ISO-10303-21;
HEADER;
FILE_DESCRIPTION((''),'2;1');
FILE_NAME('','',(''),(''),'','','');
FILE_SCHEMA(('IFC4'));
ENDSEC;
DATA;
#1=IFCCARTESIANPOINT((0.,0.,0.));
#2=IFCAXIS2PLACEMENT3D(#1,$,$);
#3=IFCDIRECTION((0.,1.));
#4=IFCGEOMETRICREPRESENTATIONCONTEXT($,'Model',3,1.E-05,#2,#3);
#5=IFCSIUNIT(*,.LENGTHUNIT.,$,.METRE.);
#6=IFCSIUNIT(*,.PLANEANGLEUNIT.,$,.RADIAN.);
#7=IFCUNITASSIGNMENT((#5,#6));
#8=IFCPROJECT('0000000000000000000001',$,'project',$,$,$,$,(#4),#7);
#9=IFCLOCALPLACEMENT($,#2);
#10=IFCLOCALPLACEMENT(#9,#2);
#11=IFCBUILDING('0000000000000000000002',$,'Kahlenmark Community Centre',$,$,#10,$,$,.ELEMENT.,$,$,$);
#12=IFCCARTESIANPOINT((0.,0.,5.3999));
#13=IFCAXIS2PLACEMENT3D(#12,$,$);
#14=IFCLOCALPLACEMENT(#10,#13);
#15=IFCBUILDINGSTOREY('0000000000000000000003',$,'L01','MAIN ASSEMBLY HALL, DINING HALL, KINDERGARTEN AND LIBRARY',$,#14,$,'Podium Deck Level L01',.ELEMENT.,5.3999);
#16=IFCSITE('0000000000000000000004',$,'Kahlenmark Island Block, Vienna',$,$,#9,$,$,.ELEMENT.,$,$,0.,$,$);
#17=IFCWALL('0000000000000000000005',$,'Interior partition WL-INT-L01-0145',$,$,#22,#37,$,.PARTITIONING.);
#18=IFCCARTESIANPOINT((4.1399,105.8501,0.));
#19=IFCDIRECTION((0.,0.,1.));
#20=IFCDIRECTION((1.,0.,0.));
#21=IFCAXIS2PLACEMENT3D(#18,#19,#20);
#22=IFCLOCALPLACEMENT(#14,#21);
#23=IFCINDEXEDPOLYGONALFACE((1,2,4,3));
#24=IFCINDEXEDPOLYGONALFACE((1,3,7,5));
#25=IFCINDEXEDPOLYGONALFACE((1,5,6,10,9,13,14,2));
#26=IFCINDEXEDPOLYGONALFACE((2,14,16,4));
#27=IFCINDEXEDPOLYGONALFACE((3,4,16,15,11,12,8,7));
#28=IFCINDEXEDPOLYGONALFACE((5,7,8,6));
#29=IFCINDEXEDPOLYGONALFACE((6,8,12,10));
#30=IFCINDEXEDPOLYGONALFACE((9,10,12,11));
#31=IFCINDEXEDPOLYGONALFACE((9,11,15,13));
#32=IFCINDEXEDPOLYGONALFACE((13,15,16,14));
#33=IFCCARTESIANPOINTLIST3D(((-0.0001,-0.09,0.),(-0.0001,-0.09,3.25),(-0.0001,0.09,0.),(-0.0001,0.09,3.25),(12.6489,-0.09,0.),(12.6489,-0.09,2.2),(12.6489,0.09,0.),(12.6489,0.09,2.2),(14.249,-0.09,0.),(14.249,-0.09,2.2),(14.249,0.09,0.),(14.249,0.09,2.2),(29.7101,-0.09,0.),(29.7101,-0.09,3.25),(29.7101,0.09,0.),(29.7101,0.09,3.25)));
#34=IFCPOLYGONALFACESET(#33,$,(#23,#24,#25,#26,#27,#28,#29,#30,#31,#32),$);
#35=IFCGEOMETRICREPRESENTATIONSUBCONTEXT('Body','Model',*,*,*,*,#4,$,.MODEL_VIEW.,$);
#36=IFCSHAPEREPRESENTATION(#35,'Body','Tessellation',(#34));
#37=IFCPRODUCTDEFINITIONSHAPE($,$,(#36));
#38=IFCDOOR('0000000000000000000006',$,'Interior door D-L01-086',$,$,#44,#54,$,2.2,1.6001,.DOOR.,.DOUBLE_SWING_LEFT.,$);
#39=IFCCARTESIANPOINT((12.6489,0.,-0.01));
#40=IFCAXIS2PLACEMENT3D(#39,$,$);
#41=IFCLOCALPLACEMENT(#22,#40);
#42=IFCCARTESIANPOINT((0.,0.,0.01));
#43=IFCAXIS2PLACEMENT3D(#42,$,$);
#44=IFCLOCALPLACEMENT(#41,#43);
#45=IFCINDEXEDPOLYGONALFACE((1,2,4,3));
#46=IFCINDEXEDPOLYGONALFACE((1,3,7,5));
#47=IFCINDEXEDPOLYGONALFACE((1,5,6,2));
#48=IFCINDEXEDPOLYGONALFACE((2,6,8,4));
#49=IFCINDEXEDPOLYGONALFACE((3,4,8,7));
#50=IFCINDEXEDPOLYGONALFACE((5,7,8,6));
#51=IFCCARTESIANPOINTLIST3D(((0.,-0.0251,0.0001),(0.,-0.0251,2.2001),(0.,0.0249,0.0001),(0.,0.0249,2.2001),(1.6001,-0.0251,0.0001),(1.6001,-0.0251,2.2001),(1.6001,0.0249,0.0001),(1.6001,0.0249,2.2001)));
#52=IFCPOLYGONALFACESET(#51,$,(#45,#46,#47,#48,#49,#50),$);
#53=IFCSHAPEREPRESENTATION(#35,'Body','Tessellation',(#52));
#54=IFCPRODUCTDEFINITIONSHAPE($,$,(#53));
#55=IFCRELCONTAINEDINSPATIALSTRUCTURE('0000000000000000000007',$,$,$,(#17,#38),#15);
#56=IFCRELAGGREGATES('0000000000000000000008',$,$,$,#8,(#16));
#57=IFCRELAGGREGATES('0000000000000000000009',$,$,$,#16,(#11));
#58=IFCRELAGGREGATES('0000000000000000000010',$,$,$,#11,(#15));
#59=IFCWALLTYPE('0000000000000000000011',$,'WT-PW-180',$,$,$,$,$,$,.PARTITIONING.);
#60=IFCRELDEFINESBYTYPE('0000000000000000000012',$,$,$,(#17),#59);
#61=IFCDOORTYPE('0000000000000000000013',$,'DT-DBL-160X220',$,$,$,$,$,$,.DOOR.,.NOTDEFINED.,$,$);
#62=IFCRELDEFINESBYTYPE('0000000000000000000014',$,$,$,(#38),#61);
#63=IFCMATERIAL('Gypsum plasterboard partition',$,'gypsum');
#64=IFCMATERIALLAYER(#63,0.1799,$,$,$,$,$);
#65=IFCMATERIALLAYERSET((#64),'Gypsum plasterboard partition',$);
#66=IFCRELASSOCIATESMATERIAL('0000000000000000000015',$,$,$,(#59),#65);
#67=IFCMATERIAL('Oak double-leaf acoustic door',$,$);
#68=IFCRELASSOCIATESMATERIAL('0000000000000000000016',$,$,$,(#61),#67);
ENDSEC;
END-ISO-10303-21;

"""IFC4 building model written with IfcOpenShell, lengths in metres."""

from ifc_helpers import new_model, si_unit, direction, frame, frame_2d, origin, place, context, subcontext, project, spatial, rectangle, extrude, material, layer, layer_set, type_object, element, fill, save


model = new_model("IFC4")

# Units and contexts
model_context = context("Model", 3, precision=1e-05, world=origin(), true_north=direction((0.0, 1.0)))
body_context = subcontext(model_context, "Body", "Model", "MODEL_VIEW")
ifc_project = project(units=[si_unit("LENGTHUNIT", "METRE"), si_unit("PLANEANGLEUNIT", "RADIAN")], contexts=[model_context])

# Site, building, storey
site_placement = place(None, origin())
site = spatial("IfcSite", under=ifc_project, at=site_placement, Name="Kahlenmark Island Block, Vienna", CompositionType="ELEMENT", RefElevation=0.0)
building_placement = place(site_placement, origin())
building = spatial("IfcBuilding", under=site, at=building_placement, Name="Kahlenmark Community Centre", CompositionType="ELEMENT")
storey_placement = place(building_placement, frame((0.0, 0.0, 5.3999)))
storey = spatial("IfcBuildingStorey", under=building, at=storey_placement, Name="L01", Description="MAIN ASSEMBLY HALL, DINING HALL, KINDERGARTEN AND LIBRARY", LongName="Podium Deck Level L01", CompositionType="ELEMENT", Elevation=5.3999)

# Wall, opening, door
ifc_material_1 = material(Name="Gypsum plasterboard partition", Category="gypsum")
ifc_layer_1 = layer(ifc_material_1, 0.1799)
ifc_layer_set_1 = layer_set([ifc_layer_1], Name="Gypsum plasterboard partition")
wall_type_1 = type_object("IfcWallType", Name="WT-PW-180", PredefinedType="PARTITIONING", material=ifc_layer_set_1)
wall_1_placement = place(storey_placement, frame((4.1399, 105.8501, 0.0), z_axis=(0.0, 0.0, 1.0), x_axis=(1.0, 0.0, 0.0)))
wall_1 = element("IfcWall", 1, at=wall_1_placement, inside=storey, type_object=wall_type_1, Name="Interior partition WL-INT-L01-0145", PredefinedType="PARTITIONING", context=body_context, shape_type="SweptSolid", body=[
    extrude(rectangle(XDim=29.7102, YDim=0.1799, at=frame_2d((14.855, 0.0))), origin(), (0.0, 0.0, 1.0), 3.25),
])
opening_1_placement = place(wall_1_placement, frame((12.6489, 0.0, -0.01)))
opening_1 = element("IfcOpeningElement", 2, at=opening_1_placement, cuts=wall_1, PredefinedType="OPENING", context=body_context, shape_type="SweptSolid", body=[
    extrude(rectangle(XDim=1.6001, YDim=2.21, at=frame_2d((0.8, 1.105))), frame((0.0, 0.0999, 0.0), z_axis=(0.0, -1.0, 0.0), x_axis=(1.0, 0.0, 0.0)), (0.0, 0.0, 1.0), 0.2),
])
ifc_material_2 = material(Name="Oak double-leaf acoustic door")
door_type_1 = type_object("IfcDoorType", Name="DT-DBL-160X220", OperationType="NOTDEFINED", PredefinedType="DOOR", material=ifc_material_2)
door_1_placement = place(opening_1_placement, frame((0.0, 0.0, 0.01)))
door_1 = element("IfcDoor", 3, at=door_1_placement, inside=storey, type_object=door_type_1, Name="Interior door D-L01-086", OperationType="DOUBLE_SWING_LEFT", OverallHeight=2.2, OverallWidth=1.6001, PredefinedType="DOOR", context=body_context, shape_type="SweptSolid", body=[
    extrude(rectangle(XDim=1.6001, YDim=2.2, at=frame_2d((0.8, 1.1001))), frame((0.0, 0.0249, 0.0), z_axis=(0.0, -1.0, 0.0), x_axis=(1.0, 0.0, 0.0)), (0.0, 0.0, 1.0), 0.05),
])
fill(opening_1, door_1)

save(model, "model.ifc")
